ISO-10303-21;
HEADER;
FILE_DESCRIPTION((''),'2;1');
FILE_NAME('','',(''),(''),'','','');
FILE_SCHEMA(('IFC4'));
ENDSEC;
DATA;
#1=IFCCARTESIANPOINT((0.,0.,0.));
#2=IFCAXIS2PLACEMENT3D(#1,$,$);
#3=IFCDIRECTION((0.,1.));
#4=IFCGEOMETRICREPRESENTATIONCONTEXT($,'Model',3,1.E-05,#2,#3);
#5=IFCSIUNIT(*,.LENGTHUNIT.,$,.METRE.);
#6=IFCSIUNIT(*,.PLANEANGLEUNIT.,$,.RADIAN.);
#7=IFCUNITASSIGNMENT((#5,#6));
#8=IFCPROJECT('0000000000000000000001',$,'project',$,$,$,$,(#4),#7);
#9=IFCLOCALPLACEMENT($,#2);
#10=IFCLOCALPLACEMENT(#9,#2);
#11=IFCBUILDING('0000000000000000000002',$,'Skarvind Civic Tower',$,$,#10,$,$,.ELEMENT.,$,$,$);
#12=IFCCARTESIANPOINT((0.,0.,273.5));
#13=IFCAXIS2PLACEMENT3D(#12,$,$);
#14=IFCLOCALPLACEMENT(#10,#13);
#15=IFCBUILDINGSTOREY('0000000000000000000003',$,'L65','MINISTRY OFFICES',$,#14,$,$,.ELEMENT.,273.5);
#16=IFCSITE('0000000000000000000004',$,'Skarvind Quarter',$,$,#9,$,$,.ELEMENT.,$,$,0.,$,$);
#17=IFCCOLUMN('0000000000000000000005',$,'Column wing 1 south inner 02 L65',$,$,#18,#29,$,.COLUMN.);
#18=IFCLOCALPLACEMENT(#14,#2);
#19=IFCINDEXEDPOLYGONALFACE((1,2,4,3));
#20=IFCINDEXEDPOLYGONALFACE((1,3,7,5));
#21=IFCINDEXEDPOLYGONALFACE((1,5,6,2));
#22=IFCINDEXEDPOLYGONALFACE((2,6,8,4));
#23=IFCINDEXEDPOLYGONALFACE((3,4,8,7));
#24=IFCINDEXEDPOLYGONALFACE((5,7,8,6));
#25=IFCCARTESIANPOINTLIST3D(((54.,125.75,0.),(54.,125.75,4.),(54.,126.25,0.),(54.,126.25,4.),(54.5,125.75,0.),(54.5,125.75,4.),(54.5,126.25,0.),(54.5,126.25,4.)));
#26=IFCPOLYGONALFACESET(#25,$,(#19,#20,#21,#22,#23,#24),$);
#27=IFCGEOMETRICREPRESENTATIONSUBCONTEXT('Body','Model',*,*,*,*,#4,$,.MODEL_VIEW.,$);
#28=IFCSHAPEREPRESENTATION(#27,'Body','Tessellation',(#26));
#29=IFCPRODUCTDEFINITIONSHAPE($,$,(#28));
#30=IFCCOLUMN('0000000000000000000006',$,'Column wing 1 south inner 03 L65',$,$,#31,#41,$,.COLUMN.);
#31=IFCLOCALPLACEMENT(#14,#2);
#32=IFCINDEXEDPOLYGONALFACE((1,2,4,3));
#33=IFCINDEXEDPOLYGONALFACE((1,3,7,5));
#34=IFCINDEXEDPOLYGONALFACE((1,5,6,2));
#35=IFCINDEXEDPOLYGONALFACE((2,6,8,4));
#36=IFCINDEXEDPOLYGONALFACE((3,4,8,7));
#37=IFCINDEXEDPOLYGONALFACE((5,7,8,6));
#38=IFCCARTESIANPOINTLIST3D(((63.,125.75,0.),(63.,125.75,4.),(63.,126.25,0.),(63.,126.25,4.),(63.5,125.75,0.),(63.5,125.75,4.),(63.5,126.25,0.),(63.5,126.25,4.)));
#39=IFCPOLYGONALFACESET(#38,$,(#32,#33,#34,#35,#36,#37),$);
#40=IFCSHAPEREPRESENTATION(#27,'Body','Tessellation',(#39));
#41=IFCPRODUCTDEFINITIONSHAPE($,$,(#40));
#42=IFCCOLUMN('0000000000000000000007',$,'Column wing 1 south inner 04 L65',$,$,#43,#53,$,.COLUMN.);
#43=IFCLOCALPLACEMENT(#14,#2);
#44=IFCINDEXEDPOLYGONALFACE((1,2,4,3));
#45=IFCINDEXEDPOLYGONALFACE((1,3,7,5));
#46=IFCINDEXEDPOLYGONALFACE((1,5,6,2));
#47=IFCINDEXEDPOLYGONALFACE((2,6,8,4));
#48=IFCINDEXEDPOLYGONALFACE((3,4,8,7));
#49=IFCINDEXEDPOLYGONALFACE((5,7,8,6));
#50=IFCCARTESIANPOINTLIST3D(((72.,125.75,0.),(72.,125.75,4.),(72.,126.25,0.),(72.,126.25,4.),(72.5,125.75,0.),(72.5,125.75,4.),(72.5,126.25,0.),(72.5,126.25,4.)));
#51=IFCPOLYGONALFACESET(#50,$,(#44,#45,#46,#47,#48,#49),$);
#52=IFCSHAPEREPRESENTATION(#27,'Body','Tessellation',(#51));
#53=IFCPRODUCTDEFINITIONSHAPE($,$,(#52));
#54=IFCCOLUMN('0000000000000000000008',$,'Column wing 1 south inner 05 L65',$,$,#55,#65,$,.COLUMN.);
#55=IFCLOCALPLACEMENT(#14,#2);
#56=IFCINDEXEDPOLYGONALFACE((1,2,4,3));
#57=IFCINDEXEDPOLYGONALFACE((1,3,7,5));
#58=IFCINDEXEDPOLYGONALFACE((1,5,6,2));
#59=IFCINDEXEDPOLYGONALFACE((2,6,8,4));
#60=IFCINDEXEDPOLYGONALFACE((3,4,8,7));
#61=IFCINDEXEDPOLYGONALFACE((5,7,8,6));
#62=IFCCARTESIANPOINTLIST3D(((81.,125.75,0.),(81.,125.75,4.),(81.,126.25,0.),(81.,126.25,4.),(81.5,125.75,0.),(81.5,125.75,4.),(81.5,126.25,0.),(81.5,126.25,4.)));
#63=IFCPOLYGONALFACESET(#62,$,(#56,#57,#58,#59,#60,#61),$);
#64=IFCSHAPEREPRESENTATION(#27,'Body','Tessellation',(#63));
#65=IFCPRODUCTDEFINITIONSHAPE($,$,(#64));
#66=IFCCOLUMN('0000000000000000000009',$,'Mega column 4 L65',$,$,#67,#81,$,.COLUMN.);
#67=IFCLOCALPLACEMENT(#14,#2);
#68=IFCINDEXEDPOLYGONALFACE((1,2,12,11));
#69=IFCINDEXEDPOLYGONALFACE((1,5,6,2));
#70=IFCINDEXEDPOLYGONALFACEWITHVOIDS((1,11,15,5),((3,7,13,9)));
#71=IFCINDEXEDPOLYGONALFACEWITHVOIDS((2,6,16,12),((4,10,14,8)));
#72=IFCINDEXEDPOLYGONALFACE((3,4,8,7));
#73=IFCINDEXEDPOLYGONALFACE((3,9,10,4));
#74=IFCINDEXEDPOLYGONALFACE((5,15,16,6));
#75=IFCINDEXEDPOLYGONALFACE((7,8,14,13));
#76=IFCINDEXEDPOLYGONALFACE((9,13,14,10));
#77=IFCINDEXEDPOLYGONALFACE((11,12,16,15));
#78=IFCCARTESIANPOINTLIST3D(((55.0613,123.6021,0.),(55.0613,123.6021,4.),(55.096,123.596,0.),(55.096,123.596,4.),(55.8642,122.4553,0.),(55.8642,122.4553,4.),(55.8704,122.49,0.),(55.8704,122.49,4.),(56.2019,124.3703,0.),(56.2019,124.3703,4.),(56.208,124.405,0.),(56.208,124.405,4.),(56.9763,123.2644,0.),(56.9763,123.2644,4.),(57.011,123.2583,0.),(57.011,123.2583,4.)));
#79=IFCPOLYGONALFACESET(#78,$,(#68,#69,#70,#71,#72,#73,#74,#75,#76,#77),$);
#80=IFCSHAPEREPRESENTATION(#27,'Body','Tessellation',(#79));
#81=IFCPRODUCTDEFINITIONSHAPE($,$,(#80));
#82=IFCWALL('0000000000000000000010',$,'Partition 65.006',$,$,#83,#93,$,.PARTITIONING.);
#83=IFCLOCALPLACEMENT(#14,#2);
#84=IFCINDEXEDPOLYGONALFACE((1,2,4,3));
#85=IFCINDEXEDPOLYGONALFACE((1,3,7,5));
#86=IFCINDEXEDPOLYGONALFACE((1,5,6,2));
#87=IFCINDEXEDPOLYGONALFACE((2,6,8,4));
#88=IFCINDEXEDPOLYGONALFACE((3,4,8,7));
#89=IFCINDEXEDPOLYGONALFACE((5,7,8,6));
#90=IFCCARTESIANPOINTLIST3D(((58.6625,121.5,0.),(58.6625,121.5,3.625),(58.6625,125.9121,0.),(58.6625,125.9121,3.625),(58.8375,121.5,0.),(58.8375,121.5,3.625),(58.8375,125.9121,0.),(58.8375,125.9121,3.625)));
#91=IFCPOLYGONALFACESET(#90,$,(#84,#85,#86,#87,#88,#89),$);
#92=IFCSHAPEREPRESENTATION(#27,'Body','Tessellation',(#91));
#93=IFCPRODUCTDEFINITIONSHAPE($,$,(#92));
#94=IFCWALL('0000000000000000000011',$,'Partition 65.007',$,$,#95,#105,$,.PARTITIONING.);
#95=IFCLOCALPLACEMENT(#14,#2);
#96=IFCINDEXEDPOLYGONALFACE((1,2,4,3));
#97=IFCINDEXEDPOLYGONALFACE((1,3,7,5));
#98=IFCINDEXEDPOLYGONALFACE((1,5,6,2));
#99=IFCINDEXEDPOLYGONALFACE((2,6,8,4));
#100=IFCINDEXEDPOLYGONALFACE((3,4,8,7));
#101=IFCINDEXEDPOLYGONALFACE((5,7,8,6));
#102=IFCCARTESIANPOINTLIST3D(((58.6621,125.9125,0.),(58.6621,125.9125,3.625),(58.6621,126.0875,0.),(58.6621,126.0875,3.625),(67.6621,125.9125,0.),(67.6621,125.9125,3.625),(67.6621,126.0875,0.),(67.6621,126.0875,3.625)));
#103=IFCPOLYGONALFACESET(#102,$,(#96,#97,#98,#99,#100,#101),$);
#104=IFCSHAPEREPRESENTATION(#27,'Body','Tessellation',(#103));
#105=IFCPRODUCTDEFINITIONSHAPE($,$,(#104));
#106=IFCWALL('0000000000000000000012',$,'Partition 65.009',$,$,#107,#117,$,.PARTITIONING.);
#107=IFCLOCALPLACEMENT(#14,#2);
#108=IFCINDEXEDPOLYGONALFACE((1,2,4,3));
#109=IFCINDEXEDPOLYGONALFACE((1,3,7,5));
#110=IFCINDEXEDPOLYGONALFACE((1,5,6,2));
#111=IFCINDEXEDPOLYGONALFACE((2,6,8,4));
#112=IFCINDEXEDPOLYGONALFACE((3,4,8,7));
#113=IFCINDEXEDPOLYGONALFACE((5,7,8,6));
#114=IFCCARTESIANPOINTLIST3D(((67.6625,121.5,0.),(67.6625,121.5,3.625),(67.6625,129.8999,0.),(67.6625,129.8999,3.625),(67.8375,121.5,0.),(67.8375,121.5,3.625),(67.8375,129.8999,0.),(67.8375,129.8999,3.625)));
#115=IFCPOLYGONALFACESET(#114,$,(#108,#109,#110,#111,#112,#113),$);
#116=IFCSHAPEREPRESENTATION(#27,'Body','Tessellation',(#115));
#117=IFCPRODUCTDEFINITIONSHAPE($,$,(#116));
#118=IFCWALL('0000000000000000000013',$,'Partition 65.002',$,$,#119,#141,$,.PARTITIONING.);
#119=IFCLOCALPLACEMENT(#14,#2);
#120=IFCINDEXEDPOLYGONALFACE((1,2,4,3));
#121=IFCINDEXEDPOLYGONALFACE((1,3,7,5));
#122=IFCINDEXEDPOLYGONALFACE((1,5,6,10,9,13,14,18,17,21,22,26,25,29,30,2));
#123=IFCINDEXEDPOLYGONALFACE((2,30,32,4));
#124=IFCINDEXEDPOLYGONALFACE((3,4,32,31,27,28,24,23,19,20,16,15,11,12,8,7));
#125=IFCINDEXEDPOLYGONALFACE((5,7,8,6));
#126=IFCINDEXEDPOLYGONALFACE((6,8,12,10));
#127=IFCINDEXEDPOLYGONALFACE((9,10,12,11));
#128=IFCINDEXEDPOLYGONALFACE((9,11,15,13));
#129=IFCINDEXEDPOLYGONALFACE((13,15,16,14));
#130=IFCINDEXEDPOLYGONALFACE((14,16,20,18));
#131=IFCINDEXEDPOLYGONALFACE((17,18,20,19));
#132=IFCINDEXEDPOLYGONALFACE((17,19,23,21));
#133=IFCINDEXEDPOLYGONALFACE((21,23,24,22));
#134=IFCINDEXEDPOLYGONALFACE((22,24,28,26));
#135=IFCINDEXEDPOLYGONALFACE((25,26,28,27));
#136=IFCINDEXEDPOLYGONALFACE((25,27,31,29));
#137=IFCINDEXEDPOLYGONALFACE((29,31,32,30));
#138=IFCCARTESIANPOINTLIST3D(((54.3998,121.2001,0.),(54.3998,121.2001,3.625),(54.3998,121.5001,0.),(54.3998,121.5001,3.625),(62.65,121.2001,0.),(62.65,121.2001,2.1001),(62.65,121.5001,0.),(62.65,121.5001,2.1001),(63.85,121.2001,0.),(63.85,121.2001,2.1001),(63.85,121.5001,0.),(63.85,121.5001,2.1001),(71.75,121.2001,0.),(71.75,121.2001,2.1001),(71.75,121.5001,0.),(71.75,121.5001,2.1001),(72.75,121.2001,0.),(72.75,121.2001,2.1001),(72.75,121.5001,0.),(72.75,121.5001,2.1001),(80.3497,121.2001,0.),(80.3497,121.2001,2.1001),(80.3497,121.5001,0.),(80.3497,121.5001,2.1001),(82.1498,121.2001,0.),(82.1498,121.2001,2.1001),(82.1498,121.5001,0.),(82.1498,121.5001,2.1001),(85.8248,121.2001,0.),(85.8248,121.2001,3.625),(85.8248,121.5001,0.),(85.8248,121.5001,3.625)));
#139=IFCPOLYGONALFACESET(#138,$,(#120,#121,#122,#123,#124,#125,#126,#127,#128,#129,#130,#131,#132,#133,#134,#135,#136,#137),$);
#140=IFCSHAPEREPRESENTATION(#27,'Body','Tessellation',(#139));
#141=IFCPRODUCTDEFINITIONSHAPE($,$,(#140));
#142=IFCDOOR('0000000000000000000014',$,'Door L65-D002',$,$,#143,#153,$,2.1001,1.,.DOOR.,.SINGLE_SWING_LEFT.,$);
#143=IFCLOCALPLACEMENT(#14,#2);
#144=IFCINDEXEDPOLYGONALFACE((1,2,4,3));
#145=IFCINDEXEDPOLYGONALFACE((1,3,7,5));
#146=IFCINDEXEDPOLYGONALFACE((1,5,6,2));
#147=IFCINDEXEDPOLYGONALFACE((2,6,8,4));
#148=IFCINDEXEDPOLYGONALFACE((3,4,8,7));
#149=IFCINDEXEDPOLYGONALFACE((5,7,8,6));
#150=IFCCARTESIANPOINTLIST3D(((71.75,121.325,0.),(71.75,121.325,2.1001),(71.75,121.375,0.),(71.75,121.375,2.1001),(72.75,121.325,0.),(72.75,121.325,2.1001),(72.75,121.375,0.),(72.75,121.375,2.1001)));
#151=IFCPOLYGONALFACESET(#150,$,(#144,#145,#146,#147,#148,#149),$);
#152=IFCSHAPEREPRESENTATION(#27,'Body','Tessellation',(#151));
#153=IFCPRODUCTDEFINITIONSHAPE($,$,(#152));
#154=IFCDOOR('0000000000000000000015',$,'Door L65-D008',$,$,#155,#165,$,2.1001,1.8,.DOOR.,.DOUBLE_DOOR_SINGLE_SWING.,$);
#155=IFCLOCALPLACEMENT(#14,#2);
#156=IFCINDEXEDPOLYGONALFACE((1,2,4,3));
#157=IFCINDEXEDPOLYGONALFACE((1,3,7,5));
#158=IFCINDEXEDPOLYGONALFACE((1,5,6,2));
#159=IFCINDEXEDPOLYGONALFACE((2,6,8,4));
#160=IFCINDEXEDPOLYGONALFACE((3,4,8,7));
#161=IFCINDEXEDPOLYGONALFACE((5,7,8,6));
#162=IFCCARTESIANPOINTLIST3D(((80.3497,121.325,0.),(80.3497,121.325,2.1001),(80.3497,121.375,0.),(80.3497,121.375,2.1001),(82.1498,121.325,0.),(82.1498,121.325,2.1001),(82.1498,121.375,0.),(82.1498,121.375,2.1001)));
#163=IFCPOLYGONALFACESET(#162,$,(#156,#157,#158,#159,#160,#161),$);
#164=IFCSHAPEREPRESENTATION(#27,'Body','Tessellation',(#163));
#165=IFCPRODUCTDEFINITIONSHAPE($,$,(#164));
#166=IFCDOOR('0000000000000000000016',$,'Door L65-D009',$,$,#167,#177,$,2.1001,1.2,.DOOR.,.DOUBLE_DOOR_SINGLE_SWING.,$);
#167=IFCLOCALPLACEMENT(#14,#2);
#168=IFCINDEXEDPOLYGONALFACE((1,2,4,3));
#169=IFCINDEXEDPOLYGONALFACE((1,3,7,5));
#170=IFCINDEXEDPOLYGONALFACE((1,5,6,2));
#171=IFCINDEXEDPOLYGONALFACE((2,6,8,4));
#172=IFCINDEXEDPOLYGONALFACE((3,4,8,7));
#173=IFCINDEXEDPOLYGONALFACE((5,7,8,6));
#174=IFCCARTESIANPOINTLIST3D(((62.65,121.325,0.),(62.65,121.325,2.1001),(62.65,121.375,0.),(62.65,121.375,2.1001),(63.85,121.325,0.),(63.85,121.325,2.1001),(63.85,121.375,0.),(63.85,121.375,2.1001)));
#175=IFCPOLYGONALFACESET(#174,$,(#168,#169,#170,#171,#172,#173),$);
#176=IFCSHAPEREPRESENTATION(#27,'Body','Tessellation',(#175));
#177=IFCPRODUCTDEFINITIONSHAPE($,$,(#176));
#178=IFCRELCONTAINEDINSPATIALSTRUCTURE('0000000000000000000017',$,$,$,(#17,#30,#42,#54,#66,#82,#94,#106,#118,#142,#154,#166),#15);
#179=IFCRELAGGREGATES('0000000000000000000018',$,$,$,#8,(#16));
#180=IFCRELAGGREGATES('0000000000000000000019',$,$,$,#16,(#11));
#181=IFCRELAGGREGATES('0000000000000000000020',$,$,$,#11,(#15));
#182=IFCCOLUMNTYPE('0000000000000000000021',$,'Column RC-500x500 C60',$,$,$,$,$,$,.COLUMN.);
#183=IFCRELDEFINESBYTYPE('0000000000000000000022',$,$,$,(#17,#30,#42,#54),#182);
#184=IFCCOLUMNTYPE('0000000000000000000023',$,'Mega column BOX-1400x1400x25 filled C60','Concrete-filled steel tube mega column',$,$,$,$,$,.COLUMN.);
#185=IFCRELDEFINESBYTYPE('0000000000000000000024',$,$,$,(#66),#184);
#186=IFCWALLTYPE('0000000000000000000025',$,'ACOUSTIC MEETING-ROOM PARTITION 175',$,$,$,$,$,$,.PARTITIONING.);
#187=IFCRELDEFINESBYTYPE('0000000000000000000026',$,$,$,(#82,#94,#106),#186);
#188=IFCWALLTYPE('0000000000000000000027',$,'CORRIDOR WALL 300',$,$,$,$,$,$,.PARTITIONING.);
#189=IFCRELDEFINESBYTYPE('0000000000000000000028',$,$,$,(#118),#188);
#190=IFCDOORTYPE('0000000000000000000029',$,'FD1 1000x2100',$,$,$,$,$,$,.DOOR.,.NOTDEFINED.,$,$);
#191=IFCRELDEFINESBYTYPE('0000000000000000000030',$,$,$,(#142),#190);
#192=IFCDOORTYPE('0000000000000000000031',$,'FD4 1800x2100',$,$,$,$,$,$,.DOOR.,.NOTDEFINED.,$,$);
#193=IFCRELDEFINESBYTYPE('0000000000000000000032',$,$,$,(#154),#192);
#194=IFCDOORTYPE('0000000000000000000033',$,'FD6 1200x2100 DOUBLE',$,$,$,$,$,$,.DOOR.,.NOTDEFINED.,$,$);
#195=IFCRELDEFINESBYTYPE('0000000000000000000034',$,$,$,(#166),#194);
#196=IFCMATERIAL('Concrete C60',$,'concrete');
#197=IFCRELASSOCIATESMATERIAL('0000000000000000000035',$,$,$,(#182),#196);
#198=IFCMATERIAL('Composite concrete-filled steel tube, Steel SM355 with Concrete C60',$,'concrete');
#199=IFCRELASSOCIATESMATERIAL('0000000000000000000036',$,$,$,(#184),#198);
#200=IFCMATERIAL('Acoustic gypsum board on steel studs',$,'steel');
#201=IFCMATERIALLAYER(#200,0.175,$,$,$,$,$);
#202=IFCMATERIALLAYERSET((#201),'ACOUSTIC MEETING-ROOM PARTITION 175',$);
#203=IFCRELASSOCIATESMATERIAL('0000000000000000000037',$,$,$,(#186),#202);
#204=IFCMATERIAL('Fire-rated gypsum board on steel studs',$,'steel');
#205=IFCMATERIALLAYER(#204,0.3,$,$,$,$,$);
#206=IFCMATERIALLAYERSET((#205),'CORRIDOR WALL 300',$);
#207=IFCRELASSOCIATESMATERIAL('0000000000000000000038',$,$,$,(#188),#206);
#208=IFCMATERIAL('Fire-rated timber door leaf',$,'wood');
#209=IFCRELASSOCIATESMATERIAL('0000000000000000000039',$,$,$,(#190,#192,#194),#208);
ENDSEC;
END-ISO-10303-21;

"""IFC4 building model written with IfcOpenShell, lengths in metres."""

from ifc_helpers import new_model, si_unit, direction, frame, frame_2d, origin, origin_2d, place, context, subcontext, project, spatial, rectangle, hollow_rectangle, extrude, material, layer, layer_set, material_profile, profile_set, type_object, element, fill, save


model = new_model("IFC4")

# Units and contexts
model_context = context("Model", 3, precision=1e-05, world=origin(), true_north=direction((0.0, 1.0)))
body_context = subcontext(model_context, "Body", "Model", "MODEL_VIEW")
ifc_project = project(units=[si_unit("LENGTHUNIT", "METRE"), si_unit("PLANEANGLEUNIT", "RADIAN")], contexts=[model_context])

# Site, building, storey
site_placement = place(None, origin())
site = spatial("IfcSite", under=ifc_project, at=site_placement, Name="Skarvind Quarter", CompositionType="ELEMENT", RefElevation=0.0)
building_placement = place(site_placement, origin())
building = spatial("IfcBuilding", under=site, at=building_placement, Name="Skarvind Civic Tower", CompositionType="ELEMENT")
storey_placement = place(building_placement, frame((0.0, 0.0, 273.5)))
storey = spatial("IfcBuildingStorey", under=building, at=storey_placement, Name="L65", Description="MINISTRY OFFICES", CompositionType="ELEMENT", Elevation=273.5)

# Columns
ifc_material_1 = material(Name="Concrete C60", Category="concrete")
ifc_material_profile_1 = material_profile(ifc_material_1, rectangle(XDim=0.5, YDim=0.5, at=origin_2d()), Name="RC-500x500")
ifc_profile_set_1 = profile_set([ifc_material_profile_1], Name="Concrete C60")
column_type_1 = type_object("IfcColumnType", Name="Column RC-500x500 C60", PredefinedType="COLUMN", material=ifc_profile_set_1)
for number, where, z_axis, x_axis, name in (
    (1, (54.25, 126.0, 0.0), (0.0, 0.0, 1.0), (1.0, 0.0, 0.0), "Column wing 1 south inner 02 L65"),
    (2, (63.25, 126.0, 0.0), (0.0, 0.0, 1.0), (1.0, 0.0, 0.0), "Column wing 1 south inner 03 L65"),
    (3, (72.25, 126.0, 0.0), (0.0, 0.0, 1.0), (1.0, 0.0, 0.0), "Column wing 1 south inner 04 L65"),
    (4, (81.25, 126.0, 0.0), (0.0, 0.0, 1.0), (1.0, 0.0, 0.0), "Column wing 1 south inner 05 L65"),
):
    element("IfcColumn", number, at=place(storey_placement, frame(where, z_axis=z_axis, x_axis=x_axis)), inside=storey, type_object=column_type_1, Name=name, PredefinedType="COLUMN", context=body_context, shape_type="SweptSolid", body=[
        extrude(rectangle(XDim=0.5, YDim=0.5, at=origin_2d()), origin(), (0.0, 0.0, 1.0), 4.0),
    ])
ifc_material_2 = material(Name="Composite concrete-filled steel tube, Steel SM355 with Concrete C60", Category="concrete")
ifc_material_profile_2 = material_profile(ifc_material_2, hollow_rectangle(XDim=1.3999, YDim=1.3999, WallThickness=0.0249, at=origin_2d()), Name="BOX-1400x1400x25")
ifc_profile_set_2 = profile_set([ifc_material_profile_2], Name="Composite concrete-filled steel tube, Steel SM355 with Concrete C60")
column_type_2 = type_object("IfcColumnType", Name="Mega column BOX-1400x1400x25 filled C60", Description="Concrete-filled steel tube mega column", PredefinedType="COLUMN", material=ifc_profile_set_2)
column_placement = place(storey_placement, frame((56.0361, 123.4302, 0.0), z_axis=(0.0, 0.0, 1.0), x_axis=(0.573576, -0.819152, 0.0)))
element("IfcColumn", 5, at=column_placement, inside=storey, type_object=column_type_2, Name="Mega column 4 L65", PredefinedType="COLUMN", context=body_context, shape_type="SweptSolid", body=[
    extrude(hollow_rectangle(XDim=1.3999, YDim=1.3999, WallThickness=0.0249, at=origin_2d()), origin(), (0.0, 0.0, 1.0), 4.0),
])

# Walls
ifc_material_3 = material(Name="Acoustic gypsum board on steel studs", Category="steel")
ifc_layer_1 = layer(ifc_material_3, 0.175)
ifc_layer_set_1 = layer_set([ifc_layer_1], Name="ACOUSTIC MEETING-ROOM PARTITION 175")
wall_type_1 = type_object("IfcWallType", Name="ACOUSTIC MEETING-ROOM PARTITION 175", PredefinedType="PARTITIONING", material=ifc_layer_set_1)
wall_1_placement = place(storey_placement, frame((58.75, 125.9121, 0.0), z_axis=(0.0, 0.0, 1.0), x_axis=(0.0, -1.0, 0.0)))
element("IfcWall", 6, at=wall_1_placement, inside=storey, type_object=wall_type_1, Name="Partition 65.006", PredefinedType="PARTITIONING", context=body_context, shape_type="SweptSolid", body=[
    extrude(rectangle(XDim=4.4121, YDim=0.175, at=frame_2d((2.2061, 0.0))), origin(), (0.0, 0.0, 1.0), 3.625),
])
wall_2_placement = place(storey_placement, frame((58.6621, 126.0, 0.0), z_axis=(0.0, 0.0, 1.0), x_axis=(1.0, 0.0, 0.0)))
element("IfcWall", 7, at=wall_2_placement, inside=storey, type_object=wall_type_1, Name="Partition 65.007", PredefinedType="PARTITIONING", context=body_context, shape_type="SweptSolid", body=[
    extrude(rectangle(XDim=9.0, YDim=0.175, at=frame_2d((4.5, 0.0))), origin(), (0.0, 0.0, 1.0), 3.625),
])
wall_3_placement = place(storey_placement, frame((67.75, 121.5, 0.0), z_axis=(0.0, 0.0, 1.0), x_axis=(0.0, 1.0, 0.0)))
element("IfcWall", 8, at=wall_3_placement, inside=storey, type_object=wall_type_1, Name="Partition 65.009", PredefinedType="PARTITIONING", context=body_context, shape_type="SweptSolid", body=[
    extrude(rectangle(XDim=8.3999, YDim=0.175, at=frame_2d((4.2, 0.0))), origin(), (0.0, 0.0, 1.0), 3.625),
])

# Wall, openings, doors
ifc_material_4 = material(Name="Fire-rated gypsum board on steel studs", Category="steel")
ifc_layer_2 = layer(ifc_material_4, 0.3)
ifc_layer_set_2 = layer_set([ifc_layer_2], Name="CORRIDOR WALL 300")
wall_type_2 = type_object("IfcWallType", Name="CORRIDOR WALL 300", PredefinedType="PARTITIONING", material=ifc_layer_set_2)
wall_4_placement = place(storey_placement, frame((54.3999, 121.3501, 0.0), z_axis=(0.0, 0.0, 1.0), x_axis=(1.0, 0.0, 0.0)))
wall_4 = element("IfcWall", 9, at=wall_4_placement, inside=storey, type_object=wall_type_2, Name="Partition 65.002", PredefinedType="PARTITIONING", context=body_context, shape_type="SweptSolid", body=[
    extrude(rectangle(XDim=31.425, YDim=0.3, at=frame_2d((15.7124, 0.0))), origin(), (0.0, 0.0, 1.0), 3.625),
])
opening_1_placement = place(wall_4_placement, frame((17.3501, 0.0, 0.0)))
opening_1 = element("IfcOpeningElement", 10, at=opening_1_placement, cuts=wall_4, PredefinedType="OPENING", context=body_context, shape_type="SweptSolid", body=[
    extrude(rectangle(XDim=1.0, YDim=2.1001, at=frame_2d((0.5, 1.05))), frame((0.0, 0.1599, 0.0), z_axis=(0.0, -1.0, 0.0), x_axis=(1.0, 0.0, 0.0)), (0.0, 0.0, 1.0), 0.3201),
])
opening_2_placement = place(wall_4_placement, frame((25.95, 0.0, 0.0)))
opening_2 = element("IfcOpeningElement", 11, at=opening_2_placement, cuts=wall_4, PredefinedType="OPENING", context=body_context, shape_type="SweptSolid", body=[
    extrude(rectangle(XDim=1.8, YDim=2.1001, at=frame_2d((0.8999, 1.05))), frame((0.0, 0.1599, 0.0), z_axis=(0.0, -1.0, 0.0), x_axis=(1.0, 0.0, 0.0)), (0.0, 0.0, 1.0), 0.3201),
])
opening_3_placement = place(wall_4_placement, frame((8.25, 0.0, 0.0)))
opening_3 = element("IfcOpeningElement", 12, at=opening_3_placement, cuts=wall_4, PredefinedType="OPENING", context=body_context, shape_type="SweptSolid", body=[
    extrude(rectangle(XDim=1.2, YDim=2.1001, at=frame_2d((0.6001, 1.05))), frame((0.0, 0.1599, 0.0), z_axis=(0.0, -1.0, 0.0), x_axis=(1.0, 0.0, 0.0)), (0.0, 0.0, 1.0), 0.3201),
])
ifc_material_5 = material(Name="Fire-rated timber door leaf", Category="wood")
door_type_1 = type_object("IfcDoorType", Name="FD1 1000x2100", OperationType="NOTDEFINED", PredefinedType="DOOR", material=ifc_material_5)
door_1_placement = place(opening_1_placement, origin())
door_1 = element("IfcDoor", 13, at=door_1_placement, inside=storey, type_object=door_type_1, Name="Door L65-D002", OperationType="SINGLE_SWING_LEFT", OverallHeight=2.1001, OverallWidth=1.0, PredefinedType="DOOR", context=body_context, shape_type="SweptSolid", body=[
    extrude(rectangle(XDim=1.0, YDim=2.1001, at=frame_2d((0.5, 1.05))), frame((0.0, 0.0249, 0.0), z_axis=(0.0, -1.0, 0.0), x_axis=(1.0, 0.0, 0.0)), (0.0, 0.0, 1.0), 0.05),
])
fill(opening_1, door_1)
door_type_2 = type_object("IfcDoorType", Name="FD4 1800x2100", OperationType="NOTDEFINED", PredefinedType="DOOR", material=ifc_material_5)
door_2_placement = place(opening_2_placement, origin())
door_2 = element("IfcDoor", 14, at=door_2_placement, inside=storey, type_object=door_type_2, Name="Door L65-D008", OperationType="DOUBLE_DOOR_SINGLE_SWING", OverallHeight=2.1001, OverallWidth=1.8, PredefinedType="DOOR", context=body_context, shape_type="SweptSolid", body=[
    extrude(rectangle(XDim=1.8, YDim=2.1001, at=frame_2d((0.8999, 1.05))), frame((0.0, 0.0249, 0.0), z_axis=(0.0, -1.0, 0.0), x_axis=(1.0, 0.0, 0.0)), (0.0, 0.0, 1.0), 0.05),
])
fill(opening_2, door_2)
door_type_3 = type_object("IfcDoorType", Name="FD6 1200x2100 DOUBLE", OperationType="NOTDEFINED", PredefinedType="DOOR", material=ifc_material_5)
door_3_placement = place(opening_3_placement, origin())
door_3 = element("IfcDoor", 15, at=door_3_placement, inside=storey, type_object=door_type_3, Name="Door L65-D009", OperationType="DOUBLE_DOOR_SINGLE_SWING", OverallHeight=2.1001, OverallWidth=1.2, PredefinedType="DOOR", context=body_context, shape_type="SweptSolid", body=[
    extrude(rectangle(XDim=1.2, YDim=2.1001, at=frame_2d((0.6001, 1.05))), frame((0.0, 0.0249, 0.0), z_axis=(0.0, -1.0, 0.0), x_axis=(1.0, 0.0, 0.0)), (0.0, 0.0, 1.0), 0.05),
])
fill(opening_3, door_3)

save(model, "model.ifc")
